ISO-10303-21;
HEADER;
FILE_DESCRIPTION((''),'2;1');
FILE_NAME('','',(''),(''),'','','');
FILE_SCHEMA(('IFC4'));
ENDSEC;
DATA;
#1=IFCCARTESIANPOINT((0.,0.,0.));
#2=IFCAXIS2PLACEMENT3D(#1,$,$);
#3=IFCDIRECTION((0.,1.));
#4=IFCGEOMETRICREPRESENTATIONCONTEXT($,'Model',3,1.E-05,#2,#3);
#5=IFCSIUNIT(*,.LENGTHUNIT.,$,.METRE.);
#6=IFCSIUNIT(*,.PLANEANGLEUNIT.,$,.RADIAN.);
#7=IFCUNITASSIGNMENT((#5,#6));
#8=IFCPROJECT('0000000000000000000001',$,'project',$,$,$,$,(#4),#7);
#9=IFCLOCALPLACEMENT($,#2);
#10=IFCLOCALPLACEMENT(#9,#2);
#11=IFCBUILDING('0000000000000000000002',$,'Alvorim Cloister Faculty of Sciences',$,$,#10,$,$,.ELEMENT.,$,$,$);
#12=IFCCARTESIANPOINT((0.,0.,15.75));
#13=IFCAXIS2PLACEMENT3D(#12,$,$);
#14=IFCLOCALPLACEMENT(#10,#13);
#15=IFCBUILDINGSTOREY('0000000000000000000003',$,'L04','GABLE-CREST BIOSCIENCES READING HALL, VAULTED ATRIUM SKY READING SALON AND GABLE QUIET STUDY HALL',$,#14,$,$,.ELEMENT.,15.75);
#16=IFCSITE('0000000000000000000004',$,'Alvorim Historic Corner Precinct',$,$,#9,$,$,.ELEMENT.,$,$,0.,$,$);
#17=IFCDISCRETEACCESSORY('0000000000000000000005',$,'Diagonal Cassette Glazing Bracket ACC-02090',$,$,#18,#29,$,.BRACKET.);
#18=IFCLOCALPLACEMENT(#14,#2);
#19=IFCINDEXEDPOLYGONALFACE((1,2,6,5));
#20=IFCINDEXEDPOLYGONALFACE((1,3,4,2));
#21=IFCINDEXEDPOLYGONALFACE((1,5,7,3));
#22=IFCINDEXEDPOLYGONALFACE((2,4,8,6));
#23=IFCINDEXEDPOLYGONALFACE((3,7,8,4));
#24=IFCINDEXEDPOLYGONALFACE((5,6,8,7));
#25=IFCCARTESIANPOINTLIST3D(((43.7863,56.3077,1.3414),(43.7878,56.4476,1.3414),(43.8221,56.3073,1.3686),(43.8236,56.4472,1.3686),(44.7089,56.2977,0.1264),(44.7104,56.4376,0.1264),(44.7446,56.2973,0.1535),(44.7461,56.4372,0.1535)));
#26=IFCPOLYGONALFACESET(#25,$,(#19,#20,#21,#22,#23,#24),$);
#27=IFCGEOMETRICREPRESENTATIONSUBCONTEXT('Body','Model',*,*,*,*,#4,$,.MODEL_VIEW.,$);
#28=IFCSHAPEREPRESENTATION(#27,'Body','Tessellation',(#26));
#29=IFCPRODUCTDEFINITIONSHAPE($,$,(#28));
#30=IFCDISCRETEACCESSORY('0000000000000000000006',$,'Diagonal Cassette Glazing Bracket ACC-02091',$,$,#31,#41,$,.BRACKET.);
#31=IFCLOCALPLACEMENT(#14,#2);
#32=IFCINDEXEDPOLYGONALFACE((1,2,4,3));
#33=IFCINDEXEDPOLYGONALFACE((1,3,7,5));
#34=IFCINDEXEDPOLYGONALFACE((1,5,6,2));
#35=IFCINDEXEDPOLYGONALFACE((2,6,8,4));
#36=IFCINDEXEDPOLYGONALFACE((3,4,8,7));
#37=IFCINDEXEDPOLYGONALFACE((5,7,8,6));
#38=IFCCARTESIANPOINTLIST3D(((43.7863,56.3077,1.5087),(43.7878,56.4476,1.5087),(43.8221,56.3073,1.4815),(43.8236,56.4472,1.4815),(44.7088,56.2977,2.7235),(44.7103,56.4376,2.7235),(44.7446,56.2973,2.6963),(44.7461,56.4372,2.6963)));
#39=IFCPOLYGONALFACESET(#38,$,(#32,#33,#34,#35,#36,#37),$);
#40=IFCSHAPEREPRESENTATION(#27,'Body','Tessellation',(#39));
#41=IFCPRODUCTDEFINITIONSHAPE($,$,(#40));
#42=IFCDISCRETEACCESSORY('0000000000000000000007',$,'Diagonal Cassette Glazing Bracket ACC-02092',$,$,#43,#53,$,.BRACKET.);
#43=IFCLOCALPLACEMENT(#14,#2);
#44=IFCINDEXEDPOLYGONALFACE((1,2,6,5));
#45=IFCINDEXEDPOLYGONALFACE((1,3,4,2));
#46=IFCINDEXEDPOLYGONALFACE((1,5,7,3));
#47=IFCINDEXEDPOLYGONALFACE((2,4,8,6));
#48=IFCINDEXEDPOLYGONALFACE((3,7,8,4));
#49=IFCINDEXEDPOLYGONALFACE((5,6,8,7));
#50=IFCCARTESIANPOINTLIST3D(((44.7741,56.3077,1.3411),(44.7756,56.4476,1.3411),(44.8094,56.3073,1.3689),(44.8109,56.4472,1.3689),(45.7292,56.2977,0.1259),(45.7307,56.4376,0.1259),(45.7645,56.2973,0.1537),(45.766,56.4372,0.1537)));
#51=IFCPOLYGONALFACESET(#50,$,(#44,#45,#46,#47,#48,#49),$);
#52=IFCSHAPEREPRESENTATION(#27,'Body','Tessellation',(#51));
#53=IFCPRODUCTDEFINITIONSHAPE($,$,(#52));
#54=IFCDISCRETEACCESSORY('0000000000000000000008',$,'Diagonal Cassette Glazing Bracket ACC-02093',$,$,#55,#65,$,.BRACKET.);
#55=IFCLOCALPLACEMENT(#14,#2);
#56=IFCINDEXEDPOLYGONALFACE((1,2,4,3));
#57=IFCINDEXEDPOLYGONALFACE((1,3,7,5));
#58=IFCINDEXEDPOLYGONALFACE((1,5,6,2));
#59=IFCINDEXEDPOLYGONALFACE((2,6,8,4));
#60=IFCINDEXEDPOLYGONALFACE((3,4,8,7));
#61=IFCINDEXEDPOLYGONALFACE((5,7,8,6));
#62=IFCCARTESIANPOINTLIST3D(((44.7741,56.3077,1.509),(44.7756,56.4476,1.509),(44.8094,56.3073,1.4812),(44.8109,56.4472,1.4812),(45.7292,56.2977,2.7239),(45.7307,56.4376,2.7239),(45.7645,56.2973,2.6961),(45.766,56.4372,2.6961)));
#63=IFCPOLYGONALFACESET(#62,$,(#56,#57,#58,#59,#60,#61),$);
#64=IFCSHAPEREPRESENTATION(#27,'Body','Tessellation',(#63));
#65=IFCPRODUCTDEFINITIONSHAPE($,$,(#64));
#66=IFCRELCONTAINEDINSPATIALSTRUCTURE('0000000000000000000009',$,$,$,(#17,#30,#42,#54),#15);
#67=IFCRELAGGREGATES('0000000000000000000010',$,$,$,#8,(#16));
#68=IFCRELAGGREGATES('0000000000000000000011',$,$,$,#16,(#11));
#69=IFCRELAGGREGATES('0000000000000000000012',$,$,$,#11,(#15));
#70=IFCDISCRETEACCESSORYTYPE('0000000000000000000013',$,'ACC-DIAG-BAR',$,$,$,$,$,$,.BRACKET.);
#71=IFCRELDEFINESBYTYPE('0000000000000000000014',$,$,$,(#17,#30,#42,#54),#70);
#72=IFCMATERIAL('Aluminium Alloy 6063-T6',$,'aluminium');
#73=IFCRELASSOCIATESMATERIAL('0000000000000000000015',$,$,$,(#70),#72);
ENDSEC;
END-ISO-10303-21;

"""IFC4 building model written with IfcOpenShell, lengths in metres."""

from ifc_helpers import new_model, si_unit, direction, frame, origin, origin_2d, place, context, subcontext, project, spatial, rectangle, extrude, material, type_object, element, save


model = new_model("IFC4")

# Units and contexts
model_context = context("Model", 3, precision=1e-05, world=origin(), true_north=direction((0.0, 1.0)))
body_context = subcontext(model_context, "Body", "Model", "MODEL_VIEW")
ifc_project = project(units=[si_unit("LENGTHUNIT", "METRE"), si_unit("PLANEANGLEUNIT", "RADIAN")], contexts=[model_context])

# Site, building, storey
site_placement = place(None, origin())
site = spatial("IfcSite", under=ifc_project, at=site_placement, Name="Alvorim Historic Corner Precinct", CompositionType="ELEMENT", RefElevation=0.0)
building_placement = place(site_placement, origin())
building = spatial("IfcBuilding", under=site, at=building_placement, Name="Alvorim Cloister Faculty of Sciences", CompositionType="ELEMENT")
storey_placement = place(building_placement, frame((0.0, 0.0, 15.75)))
storey = spatial("IfcBuildingStorey", under=building, at=storey_placement, Name="L04", Description="GABLE-CREST BIOSCIENCES READING HALL, VAULTED ATRIUM SKY READING SALON AND GABLE QUIET STUDY HALL", CompositionType="ELEMENT", Elevation=15.75)

# Shared definitions
ifc_material_1 = material(Name="Aluminium Alloy 6063-T6", Category="aluminium")

# Discrete accessories
discrete_accessory_type = type_object("IfcDiscreteAccessoryType", Name="ACC-DIAG-BAR", PredefinedType="BRACKET", material=ifc_material_1)
discrete_accessory_1_placement = place(storey_placement, frame((43.8049, 56.3774, 1.355), z_axis=(0.604713, -0.006561, -0.796416), x_axis=(0.010849, 0.999941, 0.0)))
element("IfcDiscreteAccessory", 1, at=discrete_accessory_1_placement, inside=storey, type_object=discrete_accessory_type, Name="Diagonal Cassette Glazing Bracket ACC-02090", PredefinedType="BRACKET", context=body_context, shape_type="SweptSolid", body=[
    extrude(rectangle(XDim=0.1399, YDim=0.0449, at=origin_2d()), origin(), (0.0, 0.0, 1.0), 1.5256),
])
discrete_accessory_2_placement = place(storey_placement, frame((43.8049, 56.3774, 1.4951), z_axis=(0.60479, -0.006562, 0.796358), x_axis=(0.010849, 0.999941, 0.0)))
element("IfcDiscreteAccessory", 2, at=discrete_accessory_2_placement, inside=storey, type_object=discrete_accessory_type, Name="Diagonal Cassette Glazing Bracket ACC-02091", PredefinedType="BRACKET", context=body_context, shape_type="SweptSolid", body=[
    extrude(rectangle(XDim=0.1399, YDim=0.0449, at=origin_2d()), origin(), (0.0, 0.0, 1.0), 1.5254),
])
discrete_accessory_3_placement = place(storey_placement, frame((44.7925, 56.3774, 1.355), z_axis=(0.617955, -0.006477, -0.786187), x_axis=(0.01048, 0.999945, 0.0)))
element("IfcDiscreteAccessory", 3, at=discrete_accessory_3_placement, inside=storey, type_object=discrete_accessory_type, Name="Diagonal Cassette Glazing Bracket ACC-02092", PredefinedType="BRACKET", context=body_context, shape_type="SweptSolid", body=[
    extrude(rectangle(XDim=0.1399, YDim=0.0449, at=origin_2d()), origin(), (0.0, 0.0, 1.0), 1.5457),
])
discrete_accessory_4_placement = place(storey_placement, frame((44.7925, 56.3774, 1.4951), z_axis=(0.618032, -0.006477, 0.786126), x_axis=(0.01048, 0.999945, 0.0)))
element("IfcDiscreteAccessory", 4, at=discrete_accessory_4_placement, inside=storey, type_object=discrete_accessory_type, Name="Diagonal Cassette Glazing Bracket ACC-02093", PredefinedType="BRACKET", context=body_context, shape_type="SweptSolid", body=[
    extrude(rectangle(XDim=0.1399, YDim=0.0449, at=origin_2d()), origin(), (0.0, 0.0, 1.0), 1.5454),
])

save(model, "model.ifc")
